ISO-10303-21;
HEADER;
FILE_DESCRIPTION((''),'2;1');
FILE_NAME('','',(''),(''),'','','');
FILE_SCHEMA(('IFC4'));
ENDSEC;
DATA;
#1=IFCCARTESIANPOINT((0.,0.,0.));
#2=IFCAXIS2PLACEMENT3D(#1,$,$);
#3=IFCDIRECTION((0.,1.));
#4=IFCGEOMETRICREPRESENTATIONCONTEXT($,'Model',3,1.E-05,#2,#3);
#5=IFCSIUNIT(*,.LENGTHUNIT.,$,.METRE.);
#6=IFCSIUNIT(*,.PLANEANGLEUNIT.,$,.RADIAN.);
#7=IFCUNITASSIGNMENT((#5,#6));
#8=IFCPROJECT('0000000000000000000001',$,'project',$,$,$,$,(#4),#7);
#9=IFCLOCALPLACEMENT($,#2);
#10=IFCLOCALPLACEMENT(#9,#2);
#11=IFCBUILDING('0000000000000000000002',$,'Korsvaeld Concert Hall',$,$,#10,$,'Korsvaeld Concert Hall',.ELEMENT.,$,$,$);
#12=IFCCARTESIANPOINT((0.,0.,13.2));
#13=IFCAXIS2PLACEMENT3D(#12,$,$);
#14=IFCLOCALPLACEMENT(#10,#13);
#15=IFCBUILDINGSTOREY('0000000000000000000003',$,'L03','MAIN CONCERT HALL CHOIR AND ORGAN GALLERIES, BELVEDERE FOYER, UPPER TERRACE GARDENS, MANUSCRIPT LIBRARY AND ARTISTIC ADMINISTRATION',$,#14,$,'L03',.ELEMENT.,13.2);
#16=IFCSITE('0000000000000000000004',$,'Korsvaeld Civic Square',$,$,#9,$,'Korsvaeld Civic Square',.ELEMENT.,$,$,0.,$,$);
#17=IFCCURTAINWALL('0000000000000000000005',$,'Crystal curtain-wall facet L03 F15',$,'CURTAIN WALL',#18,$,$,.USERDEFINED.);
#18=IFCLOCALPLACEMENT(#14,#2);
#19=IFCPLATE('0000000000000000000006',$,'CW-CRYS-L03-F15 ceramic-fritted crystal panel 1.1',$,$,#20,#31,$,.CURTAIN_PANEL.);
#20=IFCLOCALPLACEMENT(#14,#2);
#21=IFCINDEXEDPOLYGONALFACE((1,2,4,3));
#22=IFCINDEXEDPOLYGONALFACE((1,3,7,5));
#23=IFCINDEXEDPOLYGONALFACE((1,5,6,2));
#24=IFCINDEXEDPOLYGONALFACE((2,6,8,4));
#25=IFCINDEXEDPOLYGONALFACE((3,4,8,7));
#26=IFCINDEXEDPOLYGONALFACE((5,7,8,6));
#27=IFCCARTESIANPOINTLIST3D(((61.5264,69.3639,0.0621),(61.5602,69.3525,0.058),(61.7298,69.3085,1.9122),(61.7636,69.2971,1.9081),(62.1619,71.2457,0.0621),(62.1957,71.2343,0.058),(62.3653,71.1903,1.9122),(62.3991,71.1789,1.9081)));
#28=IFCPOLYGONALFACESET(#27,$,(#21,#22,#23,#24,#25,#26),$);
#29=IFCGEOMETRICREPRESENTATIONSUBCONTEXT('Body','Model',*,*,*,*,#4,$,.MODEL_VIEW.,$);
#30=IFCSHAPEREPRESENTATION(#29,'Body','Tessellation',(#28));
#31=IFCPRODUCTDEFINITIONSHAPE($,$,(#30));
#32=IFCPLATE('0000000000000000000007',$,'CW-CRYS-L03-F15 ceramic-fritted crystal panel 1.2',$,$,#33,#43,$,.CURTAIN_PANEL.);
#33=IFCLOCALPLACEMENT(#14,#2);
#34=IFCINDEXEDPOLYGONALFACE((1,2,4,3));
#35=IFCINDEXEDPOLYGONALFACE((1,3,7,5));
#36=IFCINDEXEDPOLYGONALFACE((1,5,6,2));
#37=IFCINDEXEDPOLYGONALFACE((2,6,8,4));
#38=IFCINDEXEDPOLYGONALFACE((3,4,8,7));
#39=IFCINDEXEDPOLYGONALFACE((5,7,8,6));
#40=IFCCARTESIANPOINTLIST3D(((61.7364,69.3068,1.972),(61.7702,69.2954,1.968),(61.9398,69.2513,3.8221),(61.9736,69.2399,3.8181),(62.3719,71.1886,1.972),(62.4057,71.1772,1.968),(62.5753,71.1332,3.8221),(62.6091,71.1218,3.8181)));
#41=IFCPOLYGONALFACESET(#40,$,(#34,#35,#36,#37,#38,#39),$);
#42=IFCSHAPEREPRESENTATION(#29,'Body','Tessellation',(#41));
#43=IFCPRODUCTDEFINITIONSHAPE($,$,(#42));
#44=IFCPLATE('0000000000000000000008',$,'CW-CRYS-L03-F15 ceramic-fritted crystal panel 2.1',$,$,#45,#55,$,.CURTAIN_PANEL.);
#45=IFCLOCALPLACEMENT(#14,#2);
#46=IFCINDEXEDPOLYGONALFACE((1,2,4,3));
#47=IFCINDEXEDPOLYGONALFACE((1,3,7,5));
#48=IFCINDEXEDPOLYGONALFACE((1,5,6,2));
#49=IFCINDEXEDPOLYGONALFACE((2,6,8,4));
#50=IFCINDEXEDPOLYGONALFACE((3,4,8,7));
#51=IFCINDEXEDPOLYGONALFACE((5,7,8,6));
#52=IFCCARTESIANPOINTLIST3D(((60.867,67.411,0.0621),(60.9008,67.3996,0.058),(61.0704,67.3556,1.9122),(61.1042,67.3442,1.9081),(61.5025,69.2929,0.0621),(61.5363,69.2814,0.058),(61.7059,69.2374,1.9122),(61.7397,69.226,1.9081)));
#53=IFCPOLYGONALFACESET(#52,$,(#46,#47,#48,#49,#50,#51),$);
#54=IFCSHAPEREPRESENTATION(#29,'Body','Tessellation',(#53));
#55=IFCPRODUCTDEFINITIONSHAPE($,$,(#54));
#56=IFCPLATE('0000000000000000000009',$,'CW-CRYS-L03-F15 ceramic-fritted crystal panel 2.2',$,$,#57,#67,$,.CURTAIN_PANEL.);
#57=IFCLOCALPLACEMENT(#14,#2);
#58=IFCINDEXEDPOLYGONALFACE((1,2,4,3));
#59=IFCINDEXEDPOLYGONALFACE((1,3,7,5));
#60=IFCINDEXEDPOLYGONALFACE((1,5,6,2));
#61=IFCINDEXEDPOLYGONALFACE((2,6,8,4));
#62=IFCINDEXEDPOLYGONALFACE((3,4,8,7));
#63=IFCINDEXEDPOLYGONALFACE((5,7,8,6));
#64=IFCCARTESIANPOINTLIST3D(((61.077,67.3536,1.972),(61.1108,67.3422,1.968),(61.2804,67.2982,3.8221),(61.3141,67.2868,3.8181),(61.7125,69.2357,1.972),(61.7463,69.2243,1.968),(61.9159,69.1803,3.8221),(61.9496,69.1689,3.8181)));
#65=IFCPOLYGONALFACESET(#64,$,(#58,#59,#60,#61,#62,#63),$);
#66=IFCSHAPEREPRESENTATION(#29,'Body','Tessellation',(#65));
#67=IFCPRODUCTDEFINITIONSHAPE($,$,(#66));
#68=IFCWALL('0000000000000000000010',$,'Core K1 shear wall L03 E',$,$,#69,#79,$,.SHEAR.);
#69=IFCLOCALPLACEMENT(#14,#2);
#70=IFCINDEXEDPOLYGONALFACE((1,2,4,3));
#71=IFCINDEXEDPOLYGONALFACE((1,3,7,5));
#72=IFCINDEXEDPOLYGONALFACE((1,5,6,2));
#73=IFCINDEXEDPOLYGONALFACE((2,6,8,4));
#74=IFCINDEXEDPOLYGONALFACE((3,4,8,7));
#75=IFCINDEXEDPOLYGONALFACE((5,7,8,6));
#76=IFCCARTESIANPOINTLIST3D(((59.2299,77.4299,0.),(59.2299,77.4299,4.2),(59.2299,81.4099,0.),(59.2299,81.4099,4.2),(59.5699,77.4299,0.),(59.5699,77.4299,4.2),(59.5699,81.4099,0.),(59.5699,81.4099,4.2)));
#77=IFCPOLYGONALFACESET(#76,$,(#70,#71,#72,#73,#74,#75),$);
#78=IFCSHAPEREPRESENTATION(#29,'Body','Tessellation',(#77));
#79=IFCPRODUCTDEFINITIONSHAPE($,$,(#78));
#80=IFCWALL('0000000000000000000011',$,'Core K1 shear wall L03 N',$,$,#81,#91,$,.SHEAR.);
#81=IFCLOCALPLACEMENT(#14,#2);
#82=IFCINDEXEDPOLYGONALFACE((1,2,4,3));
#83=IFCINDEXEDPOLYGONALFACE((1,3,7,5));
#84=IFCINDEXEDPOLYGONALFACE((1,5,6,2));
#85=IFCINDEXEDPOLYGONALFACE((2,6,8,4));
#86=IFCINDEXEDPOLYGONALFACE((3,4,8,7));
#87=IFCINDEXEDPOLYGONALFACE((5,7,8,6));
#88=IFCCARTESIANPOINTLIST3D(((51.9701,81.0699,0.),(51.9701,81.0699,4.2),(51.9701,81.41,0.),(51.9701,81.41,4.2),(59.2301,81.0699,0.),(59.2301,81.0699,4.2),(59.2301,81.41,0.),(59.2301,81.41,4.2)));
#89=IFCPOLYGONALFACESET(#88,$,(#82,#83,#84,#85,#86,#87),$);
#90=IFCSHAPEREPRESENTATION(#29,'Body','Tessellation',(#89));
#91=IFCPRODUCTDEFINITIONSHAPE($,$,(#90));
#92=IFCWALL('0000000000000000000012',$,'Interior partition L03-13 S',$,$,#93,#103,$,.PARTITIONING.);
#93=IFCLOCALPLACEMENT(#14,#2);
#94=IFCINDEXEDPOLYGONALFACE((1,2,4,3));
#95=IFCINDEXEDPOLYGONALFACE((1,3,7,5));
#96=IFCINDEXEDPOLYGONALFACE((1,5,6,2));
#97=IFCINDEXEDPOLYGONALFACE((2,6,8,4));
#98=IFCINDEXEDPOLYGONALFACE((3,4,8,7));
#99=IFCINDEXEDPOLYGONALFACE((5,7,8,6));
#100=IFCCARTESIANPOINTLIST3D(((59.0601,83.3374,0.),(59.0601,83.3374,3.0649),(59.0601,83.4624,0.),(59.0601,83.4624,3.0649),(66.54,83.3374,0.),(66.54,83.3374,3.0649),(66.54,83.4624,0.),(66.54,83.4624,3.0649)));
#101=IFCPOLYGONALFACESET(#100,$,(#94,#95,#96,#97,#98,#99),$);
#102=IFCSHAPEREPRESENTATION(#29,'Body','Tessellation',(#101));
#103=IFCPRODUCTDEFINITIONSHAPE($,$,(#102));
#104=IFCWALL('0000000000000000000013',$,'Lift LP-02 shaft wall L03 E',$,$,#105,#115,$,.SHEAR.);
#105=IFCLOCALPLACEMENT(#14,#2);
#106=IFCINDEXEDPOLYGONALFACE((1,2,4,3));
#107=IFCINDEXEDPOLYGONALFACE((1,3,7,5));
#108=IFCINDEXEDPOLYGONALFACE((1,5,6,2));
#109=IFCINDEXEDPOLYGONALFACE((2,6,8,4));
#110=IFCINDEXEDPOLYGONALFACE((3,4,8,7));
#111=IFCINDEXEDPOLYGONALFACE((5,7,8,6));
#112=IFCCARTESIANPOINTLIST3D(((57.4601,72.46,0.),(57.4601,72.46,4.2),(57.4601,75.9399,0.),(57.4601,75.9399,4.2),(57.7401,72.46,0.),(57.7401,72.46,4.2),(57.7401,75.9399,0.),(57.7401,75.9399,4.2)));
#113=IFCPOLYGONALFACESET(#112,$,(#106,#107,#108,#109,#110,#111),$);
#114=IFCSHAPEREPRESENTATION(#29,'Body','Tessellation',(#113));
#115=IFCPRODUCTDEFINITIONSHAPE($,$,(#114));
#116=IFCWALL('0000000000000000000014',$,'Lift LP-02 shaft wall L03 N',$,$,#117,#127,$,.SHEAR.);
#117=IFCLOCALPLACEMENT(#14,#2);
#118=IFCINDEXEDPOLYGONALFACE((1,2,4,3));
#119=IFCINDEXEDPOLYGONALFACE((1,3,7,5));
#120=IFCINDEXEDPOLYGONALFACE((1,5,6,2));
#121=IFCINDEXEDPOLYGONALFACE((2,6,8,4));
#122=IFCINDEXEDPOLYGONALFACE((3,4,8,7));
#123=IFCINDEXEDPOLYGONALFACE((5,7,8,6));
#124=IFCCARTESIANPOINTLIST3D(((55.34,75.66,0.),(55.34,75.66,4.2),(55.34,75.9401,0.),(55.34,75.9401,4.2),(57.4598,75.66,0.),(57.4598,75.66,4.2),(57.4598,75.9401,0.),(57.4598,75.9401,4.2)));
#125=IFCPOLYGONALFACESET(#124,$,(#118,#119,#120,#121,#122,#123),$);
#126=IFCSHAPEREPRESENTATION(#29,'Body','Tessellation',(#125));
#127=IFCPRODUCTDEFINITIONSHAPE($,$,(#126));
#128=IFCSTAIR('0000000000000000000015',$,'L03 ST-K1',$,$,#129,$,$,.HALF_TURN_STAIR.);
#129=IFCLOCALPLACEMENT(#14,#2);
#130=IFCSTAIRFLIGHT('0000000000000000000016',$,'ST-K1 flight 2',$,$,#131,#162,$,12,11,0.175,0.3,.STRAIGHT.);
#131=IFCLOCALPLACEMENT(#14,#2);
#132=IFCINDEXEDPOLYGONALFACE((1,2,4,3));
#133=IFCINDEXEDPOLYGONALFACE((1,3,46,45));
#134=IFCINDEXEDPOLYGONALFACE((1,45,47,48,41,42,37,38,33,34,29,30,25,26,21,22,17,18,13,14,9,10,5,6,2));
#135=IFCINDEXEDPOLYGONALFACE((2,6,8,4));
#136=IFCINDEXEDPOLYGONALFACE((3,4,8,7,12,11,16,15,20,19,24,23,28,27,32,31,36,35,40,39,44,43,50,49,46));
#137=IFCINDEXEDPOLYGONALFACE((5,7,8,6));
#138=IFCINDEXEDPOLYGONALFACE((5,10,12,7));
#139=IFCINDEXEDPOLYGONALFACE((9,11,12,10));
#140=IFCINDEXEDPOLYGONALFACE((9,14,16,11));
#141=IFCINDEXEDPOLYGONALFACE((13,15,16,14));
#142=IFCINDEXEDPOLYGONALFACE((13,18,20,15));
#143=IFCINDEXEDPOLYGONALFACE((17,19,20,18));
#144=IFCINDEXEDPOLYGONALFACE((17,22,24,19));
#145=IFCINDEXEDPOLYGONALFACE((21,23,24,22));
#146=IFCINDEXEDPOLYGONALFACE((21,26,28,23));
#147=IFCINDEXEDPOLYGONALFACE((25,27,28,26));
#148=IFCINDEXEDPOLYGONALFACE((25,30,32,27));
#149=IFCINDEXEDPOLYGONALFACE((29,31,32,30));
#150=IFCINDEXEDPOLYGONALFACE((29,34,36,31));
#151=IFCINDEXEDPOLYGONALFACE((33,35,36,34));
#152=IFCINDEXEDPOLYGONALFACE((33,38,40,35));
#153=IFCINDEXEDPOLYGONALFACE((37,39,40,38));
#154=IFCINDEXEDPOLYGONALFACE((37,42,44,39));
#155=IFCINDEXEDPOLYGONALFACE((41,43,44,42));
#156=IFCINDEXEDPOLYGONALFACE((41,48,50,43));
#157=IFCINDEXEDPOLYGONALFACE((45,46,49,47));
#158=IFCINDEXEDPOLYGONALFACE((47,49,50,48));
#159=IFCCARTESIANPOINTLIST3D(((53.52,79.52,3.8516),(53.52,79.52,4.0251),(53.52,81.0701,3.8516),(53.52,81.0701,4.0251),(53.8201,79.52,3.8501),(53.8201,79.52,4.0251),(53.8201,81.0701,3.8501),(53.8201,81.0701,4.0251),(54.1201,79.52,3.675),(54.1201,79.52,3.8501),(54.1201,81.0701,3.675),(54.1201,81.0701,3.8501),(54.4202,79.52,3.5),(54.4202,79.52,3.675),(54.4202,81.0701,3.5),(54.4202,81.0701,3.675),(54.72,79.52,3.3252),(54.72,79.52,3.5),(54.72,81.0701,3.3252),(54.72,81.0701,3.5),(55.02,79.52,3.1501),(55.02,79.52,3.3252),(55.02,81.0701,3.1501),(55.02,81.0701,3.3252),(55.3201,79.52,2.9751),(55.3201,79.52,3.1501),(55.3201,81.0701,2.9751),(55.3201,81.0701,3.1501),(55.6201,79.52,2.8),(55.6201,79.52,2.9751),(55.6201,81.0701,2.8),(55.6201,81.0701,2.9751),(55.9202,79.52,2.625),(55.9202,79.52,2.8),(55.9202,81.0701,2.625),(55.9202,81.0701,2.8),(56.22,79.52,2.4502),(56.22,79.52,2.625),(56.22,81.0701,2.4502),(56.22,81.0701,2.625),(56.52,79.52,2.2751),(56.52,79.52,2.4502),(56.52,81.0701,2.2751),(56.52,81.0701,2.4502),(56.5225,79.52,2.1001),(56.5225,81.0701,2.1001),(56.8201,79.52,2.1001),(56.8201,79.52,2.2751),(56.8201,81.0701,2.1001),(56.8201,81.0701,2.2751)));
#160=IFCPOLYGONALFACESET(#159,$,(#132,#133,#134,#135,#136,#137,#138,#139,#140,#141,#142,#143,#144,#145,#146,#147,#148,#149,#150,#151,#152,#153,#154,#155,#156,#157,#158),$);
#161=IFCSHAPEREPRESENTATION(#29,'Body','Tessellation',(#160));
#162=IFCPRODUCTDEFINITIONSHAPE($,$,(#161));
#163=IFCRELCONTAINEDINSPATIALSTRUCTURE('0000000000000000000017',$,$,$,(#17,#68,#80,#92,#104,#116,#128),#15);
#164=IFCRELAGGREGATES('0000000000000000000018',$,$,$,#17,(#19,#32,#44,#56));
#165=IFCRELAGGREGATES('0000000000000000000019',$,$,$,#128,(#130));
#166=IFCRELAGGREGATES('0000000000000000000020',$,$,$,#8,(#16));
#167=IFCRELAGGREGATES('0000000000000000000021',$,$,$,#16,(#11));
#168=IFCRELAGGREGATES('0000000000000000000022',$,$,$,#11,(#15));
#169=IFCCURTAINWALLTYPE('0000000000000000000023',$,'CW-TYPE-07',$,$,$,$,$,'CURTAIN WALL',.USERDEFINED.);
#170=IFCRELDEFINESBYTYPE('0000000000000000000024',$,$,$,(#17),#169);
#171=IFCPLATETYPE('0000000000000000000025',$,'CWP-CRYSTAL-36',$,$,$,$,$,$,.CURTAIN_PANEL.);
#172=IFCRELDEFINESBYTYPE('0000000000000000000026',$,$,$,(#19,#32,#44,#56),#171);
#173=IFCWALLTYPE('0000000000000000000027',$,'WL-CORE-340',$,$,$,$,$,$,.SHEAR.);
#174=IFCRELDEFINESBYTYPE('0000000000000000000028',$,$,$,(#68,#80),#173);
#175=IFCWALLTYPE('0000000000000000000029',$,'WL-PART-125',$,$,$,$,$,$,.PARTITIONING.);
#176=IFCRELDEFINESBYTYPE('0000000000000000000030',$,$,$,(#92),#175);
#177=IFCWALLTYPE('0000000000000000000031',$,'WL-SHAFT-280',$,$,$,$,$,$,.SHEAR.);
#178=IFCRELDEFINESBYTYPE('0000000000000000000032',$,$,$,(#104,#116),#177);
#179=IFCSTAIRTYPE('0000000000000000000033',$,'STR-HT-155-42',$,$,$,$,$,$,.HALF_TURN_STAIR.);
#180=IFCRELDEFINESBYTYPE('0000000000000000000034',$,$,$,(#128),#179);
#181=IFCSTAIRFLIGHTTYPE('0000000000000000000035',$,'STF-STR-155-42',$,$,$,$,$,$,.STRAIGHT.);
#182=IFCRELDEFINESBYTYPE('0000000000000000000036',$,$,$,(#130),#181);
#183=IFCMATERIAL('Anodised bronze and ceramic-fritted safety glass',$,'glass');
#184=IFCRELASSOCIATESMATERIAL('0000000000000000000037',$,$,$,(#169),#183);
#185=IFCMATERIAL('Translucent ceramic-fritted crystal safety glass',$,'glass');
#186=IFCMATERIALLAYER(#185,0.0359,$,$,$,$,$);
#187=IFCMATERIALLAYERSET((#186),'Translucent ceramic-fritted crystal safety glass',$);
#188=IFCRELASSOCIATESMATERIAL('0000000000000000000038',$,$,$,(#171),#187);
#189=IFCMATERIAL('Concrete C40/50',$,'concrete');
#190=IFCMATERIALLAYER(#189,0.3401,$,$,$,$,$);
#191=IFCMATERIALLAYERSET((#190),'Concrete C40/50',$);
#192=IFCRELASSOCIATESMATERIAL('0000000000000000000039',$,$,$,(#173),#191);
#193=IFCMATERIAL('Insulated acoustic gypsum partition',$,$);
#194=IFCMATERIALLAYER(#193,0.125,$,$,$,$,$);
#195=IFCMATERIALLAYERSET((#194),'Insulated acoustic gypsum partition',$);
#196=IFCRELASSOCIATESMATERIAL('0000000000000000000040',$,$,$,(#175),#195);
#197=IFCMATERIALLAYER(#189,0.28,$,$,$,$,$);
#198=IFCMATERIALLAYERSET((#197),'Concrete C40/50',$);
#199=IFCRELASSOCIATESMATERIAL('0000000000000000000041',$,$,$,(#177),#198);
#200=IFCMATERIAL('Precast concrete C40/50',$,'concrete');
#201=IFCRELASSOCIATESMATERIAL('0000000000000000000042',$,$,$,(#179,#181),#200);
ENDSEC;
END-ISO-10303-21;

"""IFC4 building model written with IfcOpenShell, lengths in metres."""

from ifc_helpers import new_model, si_unit, direction, frame, frame_2d, origin, place, context, subcontext, project, spatial, polyline, rectangle, outline, extrude, material, layer, layer_set, type_object, element, aggregate, save


model = new_model("IFC4")

# Units and contexts
model_context = context("Model", 3, precision=1e-05, world=origin(), true_north=direction((0.0, 1.0)))
body_context = subcontext(model_context, "Body", "Model", "MODEL_VIEW")
ifc_project = project(units=[si_unit("LENGTHUNIT", "METRE"), si_unit("PLANEANGLEUNIT", "RADIAN")], contexts=[model_context])

# Site, building, storey
site_placement = place(None, origin())
site = spatial("IfcSite", under=ifc_project, at=site_placement, Name="Korsvaeld Civic Square", LongName="Korsvaeld Civic Square", CompositionType="ELEMENT", RefElevation=0.0)
building_placement = place(site_placement, origin())
building = spatial("IfcBuilding", under=site, at=building_placement, Name="Korsvaeld Concert Hall", LongName="Korsvaeld Concert Hall", CompositionType="ELEMENT")
storey_placement = place(building_placement, frame((0.0, 0.0, 13.2)))
storey = spatial("IfcBuildingStorey", under=building, at=storey_placement, Name="L03", Description="MAIN CONCERT HALL CHOIR AND ORGAN GALLERIES, BELVEDERE FOYER, UPPER TERRACE GARDENS, MANUSCRIPT LIBRARY AND ARTISTIC ADMINISTRATION", LongName="L03", CompositionType="ELEMENT", Elevation=13.2)

# Shared definitions
ifc_material_1 = material(Name="Concrete C40/50", Category="concrete")

# Curtain wall
ifc_material_2 = material(Name="Anodised bronze and ceramic-fritted safety glass", Category="glass")
curtain_wall_type_1 = type_object("IfcCurtainWallType", Name="CW-TYPE-07", ElementType="CURTAIN WALL", PredefinedType="USERDEFINED", material=ifc_material_2)
curtain_wall_1_placement = place(storey_placement, origin())
curtain_wall_1 = element("IfcCurtainWall", 1, at=curtain_wall_1_placement, inside=storey, type_object=curtain_wall_type_1, Name="Crystal curtain-wall facet L03 F15", ObjectType="CURTAIN WALL", PredefinedType="USERDEFINED")

# Plates
ifc_material_3 = material(Name="Translucent ceramic-fritted crystal safety glass", Category="glass")
ifc_layer_1 = layer(ifc_material_3, 0.0359)
ifc_layer_set_1 = layer_set([ifc_layer_1], Name="Translucent ceramic-fritted crystal safety glass")
plate_type = type_object("IfcPlateType", Name="CWP-CRYSTAL-36", PredefinedType="CURTAIN_PANEL", material=ifc_layer_set_1)
plate_1_placement = place(storey_placement, frame((62.179, 71.24, 0.0601), z_axis=(-0.941366, 0.3179, 0.113001), x_axis=(-0.31995, -0.947435, 0.0)))
plate_1 = element("IfcPlate", 2, at=plate_1_placement, type_object=plate_type, Name="CW-CRYS-L03-F15 ceramic-fritted crystal panel 1.1", PredefinedType="CURTAIN_PANEL", context=body_context, shape_type="SweptSolid", body=[
    extrude(outline(polyline([(0.0, 0.0), (1.9862, 0.0), (1.9737, 1.862), (-0.0126, 1.862), (0.0, 0.0)])), frame((0.0, 0.0, 0.0181)), (0.0, 0.0, -1.0), 0.0359),
])
plate_2_placement = place(storey_placement, frame((62.3889, 71.1829, 1.97), z_axis=(-0.941366, 0.3179, 0.113001), x_axis=(-0.31995, -0.947435, 0.0)))
plate_2 = element("IfcPlate", 3, at=plate_2_placement, type_object=plate_type, Name="CW-CRYS-L03-F15 ceramic-fritted crystal panel 1.2", PredefinedType="CURTAIN_PANEL", context=body_context, shape_type="SweptSolid", body=[
    extrude(outline(polyline([(0.0, 0.0), (1.9862, 0.0), (1.9737, 1.862), (-0.0126, 1.862), (0.0, 0.0)])), frame((0.0, 0.0, 0.0181)), (0.0, 0.0, -1.0), 0.0359),
])
plate_3_placement = place(storey_placement, frame((61.5195, 69.2871, 0.0601), z_axis=(-0.941366, 0.3179, 0.113001), x_axis=(-0.31995, -0.947435, 0.0)))
plate_3 = element("IfcPlate", 4, at=plate_3_placement, type_object=plate_type, Name="CW-CRYS-L03-F15 ceramic-fritted crystal panel 2.1", PredefinedType="CURTAIN_PANEL", context=body_context, shape_type="SweptSolid", body=[
    extrude(outline(polyline([(0.0, 0.0), (1.9862, 0.0), (1.9737, 1.862), (-0.0126, 1.862), (0.0, 0.0)])), frame((0.0, 0.0, 0.0181)), (0.0, 0.0, -1.0), 0.0359),
])
plate_4_placement = place(storey_placement, frame((61.7295, 69.23, 1.97), z_axis=(-0.941379, 0.317863, 0.113001), x_axis=(-0.319912, -0.947447, 0.0)))
plate_4 = element("IfcPlate", 5, at=plate_4_placement, type_object=plate_type, Name="CW-CRYS-L03-F15 ceramic-fritted crystal panel 2.2", PredefinedType="CURTAIN_PANEL", context=body_context, shape_type="SweptSolid", body=[
    extrude(outline(polyline([(0.0, 0.0), (1.9865, 0.0), (1.9739, 1.862), (-0.0126, 1.862), (0.0, 0.0)])), frame((0.0, 0.0, 0.0181)), (0.0, 0.0, -1.0), 0.0359),
])
aggregate(curtain_wall_1, [plate_1, plate_2, plate_3, plate_4])

# Walls
ifc_layer_2 = layer(ifc_material_1, 0.3401)
ifc_layer_set_2 = layer_set([ifc_layer_2], Name="Concrete C40/50")
wall_type_1 = type_object("IfcWallType", Name="WL-CORE-340", PredefinedType="SHEAR", material=ifc_layer_set_2)
wall_1_placement = place(storey_placement, frame((59.3999, 77.4299, 0.0), z_axis=(0.0, 0.0, 1.0), x_axis=(0.0, 1.0, 0.0)))
element("IfcWall", 6, at=wall_1_placement, inside=storey, type_object=wall_type_1, Name="Core K1 shear wall L03 E", PredefinedType="SHEAR", context=body_context, shape_type="SweptSolid", body=[
    extrude(rectangle(XDim=3.98, YDim=0.3401, at=frame_2d((1.99, 0.0))), origin(), (0.0, 0.0, 1.0), 4.2),
])
wall_2_placement = place(storey_placement, frame((59.23, 81.24, 0.0), z_axis=(0.0, 0.0, 1.0), x_axis=(-1.0, 0.0, 0.0)))
element("IfcWall", 7, at=wall_2_placement, inside=storey, type_object=wall_type_1, Name="Core K1 shear wall L03 N", PredefinedType="SHEAR", context=body_context, shape_type="SweptSolid", body=[
    extrude(rectangle(XDim=7.26, YDim=0.3401, at=frame_2d((3.6299, 0.0))), origin(), (0.0, 0.0, 1.0), 4.2),
])
ifc_material_4 = material(Name="Insulated acoustic gypsum partition")
ifc_layer_3 = layer(ifc_material_4, 0.125)
ifc_layer_set_3 = layer_set([ifc_layer_3], Name="Insulated acoustic gypsum partition")
wall_type_2 = type_object("IfcWallType", Name="WL-PART-125", PredefinedType="PARTITIONING", material=ifc_layer_set_3)
wall_3_placement = place(storey_placement, frame((59.0601, 83.3999, 0.0), z_axis=(0.0, 0.0, 1.0), x_axis=(1.0, 0.0, 0.0)))
element("IfcWall", 8, at=wall_3_placement, inside=storey, type_object=wall_type_2, Name="Interior partition L03-13 S", PredefinedType="PARTITIONING", context=body_context, shape_type="SweptSolid", body=[
    extrude(rectangle(XDim=7.48, YDim=0.125, at=frame_2d((3.74, 0.0))), origin(), (0.0, 0.0, 1.0), 3.0649),
])
ifc_layer_4 = layer(ifc_material_1, 0.28)
ifc_layer_set_4 = layer_set([ifc_layer_4], Name="Concrete C40/50")
wall_type_3 = type_object("IfcWallType", Name="WL-SHAFT-280", PredefinedType="SHEAR", material=ifc_layer_set_4)
wall_4_placement = place(storey_placement, frame((57.6001, 72.46, 0.0), z_axis=(0.0, 0.0, 1.0), x_axis=(0.0, 1.0, 0.0)))
element("IfcWall", 9, at=wall_4_placement, inside=storey, type_object=wall_type_3, Name="Lift LP-02 shaft wall L03 E", PredefinedType="SHEAR", context=body_context, shape_type="SweptSolid", body=[
    extrude(rectangle(XDim=3.48, YDim=0.28, at=frame_2d((1.74, 0.0))), origin(), (0.0, 0.0, 1.0), 4.2),
])
wall_5_placement = place(storey_placement, frame((57.46, 75.8, 0.0), z_axis=(0.0, 0.0, 1.0), x_axis=(-1.0, 0.0, 0.0)))
element("IfcWall", 10, at=wall_5_placement, inside=storey, type_object=wall_type_3, Name="Lift LP-02 shaft wall L03 N", PredefinedType="SHEAR", context=body_context, shape_type="SweptSolid", body=[
    extrude(rectangle(XDim=2.1199, YDim=0.28, at=frame_2d((1.0601, 0.0))), origin(), (0.0, 0.0, 1.0), 4.2),
])

# Stair, stair flight
ifc_material_5 = material(Name="Precast concrete C40/50", Category="concrete")
stair_type = type_object("IfcStairType", Name="STR-HT-155-42", PredefinedType="HALF_TURN_STAIR", material=ifc_material_5)
stair_placement = place(storey_placement, origin())
stair = element("IfcStair", 11, at=stair_placement, inside=storey, type_object=stair_type, Name="L03 ST-K1", PredefinedType="HALF_TURN_STAIR")
stair_flight_type = type_object("IfcStairFlightType", Name="STF-STR-155-42", PredefinedType="STRAIGHT", material=ifc_material_5)
stair_flight_placement = place(storey_placement, frame((56.8201, 80.2949, 2.1001), z_axis=(0.0, 0.0, 1.0), x_axis=(-1.0, 0.0, 0.0)))
stair_flight = element("IfcStairFlight", 12, at=stair_flight_placement, type_object=stair_flight_type, Name="ST-K1 flight 2", NumberOfRisers=12, NumberOfTreads=11, PredefinedType="STRAIGHT", RiserHeight=0.175, TreadLength=0.3, context=body_context, shape_type="SweptSolid", body=[
    extrude(outline(polyline([(0.0, 0.0), (0.0, 0.175), (0.3, 0.175), (0.3, 0.3501), (0.6001, 0.3501), (0.6001, 0.5249), (0.8999, 0.5249), (0.8999, 0.7), (1.2, 0.7), (1.2, 0.875), (1.5, 0.875), (1.5, 1.05), (1.8, 1.05), (1.8, 1.2251), (2.1001, 1.2251), (2.1001, 1.3999), (2.3999, 1.3999), (2.3999, 1.575), (2.7, 1.575), (2.7, 1.75), (3.0, 1.75), (3.0, 1.925), (3.3, 1.925), (3.3, 2.1001), (3.3, 1.7515), (0.2976, 0.0), (0.0, 0.0)])), frame((0.0, 0.7749, 0.0), z_axis=(0.0, -1.0, 0.0), x_axis=(1.0, 0.0, 0.0)), (0.0, 0.0, 1.0), 1.55),
])
aggregate(stair, [stair_flight])

save(model, "model.ifc")
